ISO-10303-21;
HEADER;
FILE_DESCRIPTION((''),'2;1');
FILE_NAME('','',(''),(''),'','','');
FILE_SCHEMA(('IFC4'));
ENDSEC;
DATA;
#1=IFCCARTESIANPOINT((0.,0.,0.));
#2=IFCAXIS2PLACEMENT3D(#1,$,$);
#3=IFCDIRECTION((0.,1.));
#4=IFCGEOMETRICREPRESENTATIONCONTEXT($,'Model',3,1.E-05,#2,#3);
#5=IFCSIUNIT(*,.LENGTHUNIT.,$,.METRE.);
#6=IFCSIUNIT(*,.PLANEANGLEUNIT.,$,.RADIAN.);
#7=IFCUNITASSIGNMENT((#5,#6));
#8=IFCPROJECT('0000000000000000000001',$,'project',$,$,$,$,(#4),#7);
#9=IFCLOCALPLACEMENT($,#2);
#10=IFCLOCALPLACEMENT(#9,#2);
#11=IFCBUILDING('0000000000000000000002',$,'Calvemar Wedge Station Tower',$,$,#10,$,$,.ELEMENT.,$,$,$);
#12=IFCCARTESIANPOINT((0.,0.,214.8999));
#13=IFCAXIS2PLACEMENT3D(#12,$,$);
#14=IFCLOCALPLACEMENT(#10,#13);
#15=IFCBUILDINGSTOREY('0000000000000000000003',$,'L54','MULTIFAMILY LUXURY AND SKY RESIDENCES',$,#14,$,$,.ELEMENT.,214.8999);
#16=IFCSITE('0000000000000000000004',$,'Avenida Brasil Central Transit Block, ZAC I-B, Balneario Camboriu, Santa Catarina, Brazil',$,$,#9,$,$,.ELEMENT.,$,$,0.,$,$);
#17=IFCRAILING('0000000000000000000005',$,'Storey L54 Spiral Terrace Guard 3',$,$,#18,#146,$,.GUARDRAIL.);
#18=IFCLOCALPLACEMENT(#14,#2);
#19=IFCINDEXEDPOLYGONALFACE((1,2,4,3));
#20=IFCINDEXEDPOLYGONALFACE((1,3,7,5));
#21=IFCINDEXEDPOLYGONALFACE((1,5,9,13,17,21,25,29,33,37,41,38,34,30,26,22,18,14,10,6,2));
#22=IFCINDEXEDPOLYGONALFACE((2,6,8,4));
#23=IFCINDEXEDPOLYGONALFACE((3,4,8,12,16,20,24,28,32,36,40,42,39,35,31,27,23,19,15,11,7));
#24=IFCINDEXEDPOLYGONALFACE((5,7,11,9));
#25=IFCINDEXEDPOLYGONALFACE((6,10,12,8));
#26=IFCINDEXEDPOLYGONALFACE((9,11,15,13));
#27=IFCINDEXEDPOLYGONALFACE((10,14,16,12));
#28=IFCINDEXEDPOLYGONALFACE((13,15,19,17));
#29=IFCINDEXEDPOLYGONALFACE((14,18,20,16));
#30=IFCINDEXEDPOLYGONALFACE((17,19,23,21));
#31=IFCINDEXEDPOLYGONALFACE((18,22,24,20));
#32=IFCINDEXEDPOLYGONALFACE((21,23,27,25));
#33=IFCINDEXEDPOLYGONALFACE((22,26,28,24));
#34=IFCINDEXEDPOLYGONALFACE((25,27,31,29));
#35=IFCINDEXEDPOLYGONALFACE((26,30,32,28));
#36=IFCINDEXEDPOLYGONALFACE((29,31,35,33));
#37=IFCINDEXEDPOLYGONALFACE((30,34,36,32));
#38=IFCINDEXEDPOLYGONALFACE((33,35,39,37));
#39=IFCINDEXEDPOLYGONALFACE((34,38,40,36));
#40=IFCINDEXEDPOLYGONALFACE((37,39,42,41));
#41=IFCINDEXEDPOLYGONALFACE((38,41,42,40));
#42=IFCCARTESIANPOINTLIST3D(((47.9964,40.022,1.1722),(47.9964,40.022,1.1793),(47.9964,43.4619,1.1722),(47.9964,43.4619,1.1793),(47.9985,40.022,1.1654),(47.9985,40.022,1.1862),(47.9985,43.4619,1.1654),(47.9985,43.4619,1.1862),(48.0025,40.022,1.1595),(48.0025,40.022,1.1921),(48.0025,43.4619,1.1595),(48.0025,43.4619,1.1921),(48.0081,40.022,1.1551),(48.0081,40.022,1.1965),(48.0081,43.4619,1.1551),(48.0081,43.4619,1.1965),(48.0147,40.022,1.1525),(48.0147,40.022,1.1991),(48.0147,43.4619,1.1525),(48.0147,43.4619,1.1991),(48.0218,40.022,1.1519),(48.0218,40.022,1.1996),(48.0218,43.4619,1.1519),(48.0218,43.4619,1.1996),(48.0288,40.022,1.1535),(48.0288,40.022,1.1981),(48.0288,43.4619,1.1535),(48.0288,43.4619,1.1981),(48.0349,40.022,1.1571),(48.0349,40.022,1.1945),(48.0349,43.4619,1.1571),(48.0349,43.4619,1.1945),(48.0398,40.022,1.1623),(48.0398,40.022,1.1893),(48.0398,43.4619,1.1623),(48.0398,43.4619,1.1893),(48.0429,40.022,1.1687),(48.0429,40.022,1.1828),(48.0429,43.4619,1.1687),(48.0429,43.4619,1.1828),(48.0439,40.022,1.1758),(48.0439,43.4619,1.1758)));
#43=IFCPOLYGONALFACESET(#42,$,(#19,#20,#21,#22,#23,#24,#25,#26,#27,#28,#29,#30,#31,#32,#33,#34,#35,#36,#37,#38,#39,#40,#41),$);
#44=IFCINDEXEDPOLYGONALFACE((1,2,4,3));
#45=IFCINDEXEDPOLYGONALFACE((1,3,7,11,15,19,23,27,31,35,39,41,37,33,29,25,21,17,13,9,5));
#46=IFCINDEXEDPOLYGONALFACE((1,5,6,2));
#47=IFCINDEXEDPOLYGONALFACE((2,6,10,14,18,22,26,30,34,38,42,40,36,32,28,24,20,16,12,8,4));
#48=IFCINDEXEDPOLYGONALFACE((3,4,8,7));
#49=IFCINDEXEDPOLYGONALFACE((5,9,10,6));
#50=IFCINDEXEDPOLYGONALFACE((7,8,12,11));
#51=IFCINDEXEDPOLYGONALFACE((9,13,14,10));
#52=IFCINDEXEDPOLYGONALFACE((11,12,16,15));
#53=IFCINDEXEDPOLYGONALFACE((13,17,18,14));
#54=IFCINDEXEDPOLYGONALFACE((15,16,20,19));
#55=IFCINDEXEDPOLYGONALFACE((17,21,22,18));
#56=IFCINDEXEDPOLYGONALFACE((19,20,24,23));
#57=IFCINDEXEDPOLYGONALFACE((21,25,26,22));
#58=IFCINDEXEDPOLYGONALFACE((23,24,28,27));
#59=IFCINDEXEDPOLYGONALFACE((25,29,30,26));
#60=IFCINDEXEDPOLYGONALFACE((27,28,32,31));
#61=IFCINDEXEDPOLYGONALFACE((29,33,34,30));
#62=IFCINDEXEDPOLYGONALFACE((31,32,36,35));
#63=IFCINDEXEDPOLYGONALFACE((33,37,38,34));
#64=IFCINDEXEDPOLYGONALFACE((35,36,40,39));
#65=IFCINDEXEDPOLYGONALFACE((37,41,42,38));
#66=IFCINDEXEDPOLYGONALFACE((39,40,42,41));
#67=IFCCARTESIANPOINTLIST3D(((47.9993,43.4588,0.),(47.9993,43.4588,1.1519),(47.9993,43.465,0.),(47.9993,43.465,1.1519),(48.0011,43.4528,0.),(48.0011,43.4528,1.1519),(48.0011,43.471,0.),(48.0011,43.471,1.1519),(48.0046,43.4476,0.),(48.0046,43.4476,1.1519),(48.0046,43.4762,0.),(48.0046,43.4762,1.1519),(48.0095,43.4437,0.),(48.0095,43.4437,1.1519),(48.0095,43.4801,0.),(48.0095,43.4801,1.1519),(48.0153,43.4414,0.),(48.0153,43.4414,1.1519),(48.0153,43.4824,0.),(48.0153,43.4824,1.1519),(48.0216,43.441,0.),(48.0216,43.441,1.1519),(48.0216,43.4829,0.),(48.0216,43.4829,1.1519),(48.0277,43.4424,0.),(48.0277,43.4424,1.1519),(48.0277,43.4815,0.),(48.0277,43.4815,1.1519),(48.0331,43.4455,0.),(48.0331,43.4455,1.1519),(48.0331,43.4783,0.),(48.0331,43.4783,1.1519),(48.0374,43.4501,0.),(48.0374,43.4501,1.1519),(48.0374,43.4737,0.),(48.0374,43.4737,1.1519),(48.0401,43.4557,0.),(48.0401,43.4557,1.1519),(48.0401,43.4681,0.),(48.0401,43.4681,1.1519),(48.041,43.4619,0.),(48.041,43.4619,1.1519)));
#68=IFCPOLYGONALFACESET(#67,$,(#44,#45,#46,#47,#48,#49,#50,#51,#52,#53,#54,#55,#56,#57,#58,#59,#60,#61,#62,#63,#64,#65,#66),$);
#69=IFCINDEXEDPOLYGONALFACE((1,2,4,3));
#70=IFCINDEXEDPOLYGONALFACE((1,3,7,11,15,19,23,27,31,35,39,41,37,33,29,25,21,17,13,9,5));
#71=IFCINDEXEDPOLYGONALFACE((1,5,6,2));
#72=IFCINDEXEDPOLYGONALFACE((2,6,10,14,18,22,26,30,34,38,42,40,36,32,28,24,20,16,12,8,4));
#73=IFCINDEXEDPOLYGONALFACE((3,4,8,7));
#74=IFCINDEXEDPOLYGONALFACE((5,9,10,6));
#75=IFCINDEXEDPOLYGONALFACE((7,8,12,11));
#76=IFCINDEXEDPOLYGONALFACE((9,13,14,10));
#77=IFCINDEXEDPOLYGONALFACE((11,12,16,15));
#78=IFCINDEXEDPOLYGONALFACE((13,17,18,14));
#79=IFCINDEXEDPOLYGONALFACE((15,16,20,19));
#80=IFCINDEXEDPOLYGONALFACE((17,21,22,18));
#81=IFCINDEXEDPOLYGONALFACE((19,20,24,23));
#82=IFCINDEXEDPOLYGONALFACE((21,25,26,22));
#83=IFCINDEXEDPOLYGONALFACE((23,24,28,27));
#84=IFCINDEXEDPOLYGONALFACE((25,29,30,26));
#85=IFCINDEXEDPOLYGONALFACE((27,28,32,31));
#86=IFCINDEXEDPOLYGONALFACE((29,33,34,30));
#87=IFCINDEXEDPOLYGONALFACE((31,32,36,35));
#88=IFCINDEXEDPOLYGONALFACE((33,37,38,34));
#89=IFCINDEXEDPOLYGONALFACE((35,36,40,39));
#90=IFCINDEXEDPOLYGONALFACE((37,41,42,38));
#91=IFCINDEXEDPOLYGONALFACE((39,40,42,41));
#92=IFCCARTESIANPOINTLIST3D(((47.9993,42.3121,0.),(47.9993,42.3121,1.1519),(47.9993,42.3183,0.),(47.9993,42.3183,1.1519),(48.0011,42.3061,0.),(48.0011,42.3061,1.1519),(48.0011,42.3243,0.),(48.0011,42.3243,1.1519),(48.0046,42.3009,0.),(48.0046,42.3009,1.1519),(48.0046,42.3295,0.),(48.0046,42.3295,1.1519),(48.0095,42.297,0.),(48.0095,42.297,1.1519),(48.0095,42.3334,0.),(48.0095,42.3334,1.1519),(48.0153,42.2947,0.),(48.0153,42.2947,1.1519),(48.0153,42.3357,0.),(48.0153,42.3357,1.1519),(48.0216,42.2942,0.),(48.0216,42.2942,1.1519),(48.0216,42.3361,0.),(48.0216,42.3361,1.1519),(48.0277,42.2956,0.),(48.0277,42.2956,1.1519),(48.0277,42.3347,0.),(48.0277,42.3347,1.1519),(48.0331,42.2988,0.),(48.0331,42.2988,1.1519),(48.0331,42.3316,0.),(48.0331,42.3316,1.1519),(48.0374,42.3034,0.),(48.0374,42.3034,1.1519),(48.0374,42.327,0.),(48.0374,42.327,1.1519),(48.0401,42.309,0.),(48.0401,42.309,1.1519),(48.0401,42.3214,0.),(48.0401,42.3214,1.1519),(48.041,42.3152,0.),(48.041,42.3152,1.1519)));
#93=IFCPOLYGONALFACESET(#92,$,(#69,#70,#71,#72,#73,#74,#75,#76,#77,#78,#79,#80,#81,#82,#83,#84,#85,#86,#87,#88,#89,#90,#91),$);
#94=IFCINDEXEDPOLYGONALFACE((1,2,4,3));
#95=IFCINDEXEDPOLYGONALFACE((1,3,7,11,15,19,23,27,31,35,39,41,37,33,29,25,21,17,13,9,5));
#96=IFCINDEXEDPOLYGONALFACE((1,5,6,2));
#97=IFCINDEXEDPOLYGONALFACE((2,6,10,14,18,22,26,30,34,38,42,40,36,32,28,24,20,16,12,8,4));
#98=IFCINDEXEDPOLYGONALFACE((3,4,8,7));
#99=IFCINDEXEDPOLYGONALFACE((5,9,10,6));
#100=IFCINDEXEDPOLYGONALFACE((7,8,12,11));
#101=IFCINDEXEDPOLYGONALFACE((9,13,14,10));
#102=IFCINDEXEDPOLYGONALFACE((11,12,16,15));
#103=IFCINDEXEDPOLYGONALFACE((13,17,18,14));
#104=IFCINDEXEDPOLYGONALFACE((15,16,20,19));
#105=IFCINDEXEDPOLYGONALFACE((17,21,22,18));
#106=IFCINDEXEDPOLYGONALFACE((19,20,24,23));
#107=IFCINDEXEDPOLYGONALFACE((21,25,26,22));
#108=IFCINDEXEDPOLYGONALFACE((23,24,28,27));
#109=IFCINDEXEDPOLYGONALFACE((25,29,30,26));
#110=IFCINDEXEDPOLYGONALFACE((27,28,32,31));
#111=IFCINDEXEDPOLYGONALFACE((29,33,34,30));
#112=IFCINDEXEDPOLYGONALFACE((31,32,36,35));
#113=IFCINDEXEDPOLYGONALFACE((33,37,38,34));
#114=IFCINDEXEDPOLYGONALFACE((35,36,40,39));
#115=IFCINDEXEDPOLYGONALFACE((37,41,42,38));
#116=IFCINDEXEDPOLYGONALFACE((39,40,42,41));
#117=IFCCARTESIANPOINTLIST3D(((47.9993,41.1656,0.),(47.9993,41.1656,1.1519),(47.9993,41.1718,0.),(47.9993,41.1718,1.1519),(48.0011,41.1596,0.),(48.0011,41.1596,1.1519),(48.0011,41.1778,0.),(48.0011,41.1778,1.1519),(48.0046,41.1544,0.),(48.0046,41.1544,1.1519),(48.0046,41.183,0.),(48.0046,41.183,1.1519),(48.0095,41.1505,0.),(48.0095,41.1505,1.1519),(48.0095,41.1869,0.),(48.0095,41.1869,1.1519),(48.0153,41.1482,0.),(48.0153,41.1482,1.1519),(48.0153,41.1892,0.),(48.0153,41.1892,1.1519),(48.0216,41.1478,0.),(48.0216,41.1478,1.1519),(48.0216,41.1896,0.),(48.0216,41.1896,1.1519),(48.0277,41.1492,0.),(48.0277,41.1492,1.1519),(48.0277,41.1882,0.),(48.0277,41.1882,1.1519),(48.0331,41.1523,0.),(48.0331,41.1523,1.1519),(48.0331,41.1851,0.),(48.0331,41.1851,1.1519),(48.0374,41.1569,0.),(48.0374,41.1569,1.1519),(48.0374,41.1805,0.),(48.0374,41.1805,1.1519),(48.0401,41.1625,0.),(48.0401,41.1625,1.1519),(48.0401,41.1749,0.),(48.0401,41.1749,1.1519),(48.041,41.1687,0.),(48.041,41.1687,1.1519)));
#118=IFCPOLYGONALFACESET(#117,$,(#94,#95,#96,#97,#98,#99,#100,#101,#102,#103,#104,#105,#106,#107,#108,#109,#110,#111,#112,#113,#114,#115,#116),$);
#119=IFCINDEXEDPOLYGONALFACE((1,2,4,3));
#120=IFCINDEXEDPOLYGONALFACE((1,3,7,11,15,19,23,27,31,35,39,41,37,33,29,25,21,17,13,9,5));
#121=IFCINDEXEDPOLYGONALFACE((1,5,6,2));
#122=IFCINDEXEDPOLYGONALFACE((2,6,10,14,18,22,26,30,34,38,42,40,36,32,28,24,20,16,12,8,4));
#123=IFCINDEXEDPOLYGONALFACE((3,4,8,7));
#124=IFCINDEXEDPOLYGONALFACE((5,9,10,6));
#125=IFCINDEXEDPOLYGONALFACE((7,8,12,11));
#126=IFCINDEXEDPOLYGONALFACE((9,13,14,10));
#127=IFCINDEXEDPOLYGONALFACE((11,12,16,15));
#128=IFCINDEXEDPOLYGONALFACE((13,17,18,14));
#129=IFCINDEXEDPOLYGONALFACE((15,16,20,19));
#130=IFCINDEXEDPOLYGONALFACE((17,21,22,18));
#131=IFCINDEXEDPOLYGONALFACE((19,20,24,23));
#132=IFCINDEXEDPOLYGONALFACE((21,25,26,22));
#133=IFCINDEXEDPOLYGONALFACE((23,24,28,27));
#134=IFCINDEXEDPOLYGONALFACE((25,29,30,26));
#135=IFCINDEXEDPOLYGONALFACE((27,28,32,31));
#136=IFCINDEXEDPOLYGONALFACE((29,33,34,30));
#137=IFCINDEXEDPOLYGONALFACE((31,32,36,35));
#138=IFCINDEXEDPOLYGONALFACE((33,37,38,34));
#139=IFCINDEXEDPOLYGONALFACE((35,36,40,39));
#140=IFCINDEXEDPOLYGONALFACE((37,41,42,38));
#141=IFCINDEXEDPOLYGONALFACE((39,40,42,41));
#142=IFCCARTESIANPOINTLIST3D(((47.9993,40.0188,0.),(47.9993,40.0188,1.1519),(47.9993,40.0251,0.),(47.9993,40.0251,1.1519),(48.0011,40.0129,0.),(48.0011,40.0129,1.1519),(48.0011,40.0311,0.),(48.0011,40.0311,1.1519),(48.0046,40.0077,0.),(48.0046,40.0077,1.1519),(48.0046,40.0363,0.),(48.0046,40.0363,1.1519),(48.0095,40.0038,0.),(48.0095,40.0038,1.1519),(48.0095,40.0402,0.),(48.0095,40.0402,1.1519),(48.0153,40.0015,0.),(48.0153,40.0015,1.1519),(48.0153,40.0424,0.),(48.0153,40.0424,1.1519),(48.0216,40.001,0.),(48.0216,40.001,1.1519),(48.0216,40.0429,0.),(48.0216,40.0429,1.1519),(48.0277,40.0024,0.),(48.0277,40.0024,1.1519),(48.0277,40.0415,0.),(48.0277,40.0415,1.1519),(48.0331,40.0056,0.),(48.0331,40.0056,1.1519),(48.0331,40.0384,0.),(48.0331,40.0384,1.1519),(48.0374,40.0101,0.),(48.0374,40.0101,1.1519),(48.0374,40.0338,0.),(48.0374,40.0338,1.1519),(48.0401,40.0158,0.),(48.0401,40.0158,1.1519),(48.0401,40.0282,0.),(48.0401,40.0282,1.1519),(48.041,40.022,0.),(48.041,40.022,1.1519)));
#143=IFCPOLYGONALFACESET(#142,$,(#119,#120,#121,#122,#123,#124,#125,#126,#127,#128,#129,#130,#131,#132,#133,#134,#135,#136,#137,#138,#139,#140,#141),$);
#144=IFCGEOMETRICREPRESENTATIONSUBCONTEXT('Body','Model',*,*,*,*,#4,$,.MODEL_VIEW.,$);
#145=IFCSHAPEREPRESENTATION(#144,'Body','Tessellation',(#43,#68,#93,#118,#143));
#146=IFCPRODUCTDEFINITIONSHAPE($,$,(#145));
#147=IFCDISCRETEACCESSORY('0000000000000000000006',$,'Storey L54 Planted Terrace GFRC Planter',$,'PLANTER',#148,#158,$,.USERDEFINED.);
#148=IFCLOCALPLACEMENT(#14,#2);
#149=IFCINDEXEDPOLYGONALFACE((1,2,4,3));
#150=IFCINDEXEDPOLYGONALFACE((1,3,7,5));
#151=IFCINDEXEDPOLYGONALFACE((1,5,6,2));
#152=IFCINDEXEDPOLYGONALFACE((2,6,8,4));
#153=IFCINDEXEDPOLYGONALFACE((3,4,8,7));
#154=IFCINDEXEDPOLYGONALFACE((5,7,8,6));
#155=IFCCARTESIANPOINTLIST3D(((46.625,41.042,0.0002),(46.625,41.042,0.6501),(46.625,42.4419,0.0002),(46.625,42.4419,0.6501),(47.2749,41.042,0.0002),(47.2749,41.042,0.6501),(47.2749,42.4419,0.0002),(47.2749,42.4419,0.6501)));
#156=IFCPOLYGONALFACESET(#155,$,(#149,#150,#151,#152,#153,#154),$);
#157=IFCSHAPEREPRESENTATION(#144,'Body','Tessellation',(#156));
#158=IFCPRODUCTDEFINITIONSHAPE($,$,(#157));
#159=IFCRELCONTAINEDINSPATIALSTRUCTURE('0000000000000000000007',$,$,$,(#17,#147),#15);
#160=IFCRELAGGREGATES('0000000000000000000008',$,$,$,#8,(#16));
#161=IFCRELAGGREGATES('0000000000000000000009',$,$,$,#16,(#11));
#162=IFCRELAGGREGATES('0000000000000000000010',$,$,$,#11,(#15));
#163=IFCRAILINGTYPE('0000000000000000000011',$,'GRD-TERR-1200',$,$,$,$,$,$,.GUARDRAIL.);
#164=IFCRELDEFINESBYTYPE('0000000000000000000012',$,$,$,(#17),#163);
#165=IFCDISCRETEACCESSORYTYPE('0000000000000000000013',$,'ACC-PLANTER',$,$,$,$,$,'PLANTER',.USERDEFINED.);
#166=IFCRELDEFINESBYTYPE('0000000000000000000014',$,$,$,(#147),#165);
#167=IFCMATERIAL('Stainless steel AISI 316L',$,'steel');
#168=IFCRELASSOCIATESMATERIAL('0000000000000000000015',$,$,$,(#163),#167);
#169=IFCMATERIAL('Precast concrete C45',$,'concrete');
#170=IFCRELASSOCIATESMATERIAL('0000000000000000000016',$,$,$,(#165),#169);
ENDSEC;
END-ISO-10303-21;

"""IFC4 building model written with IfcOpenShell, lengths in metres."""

from ifc_helpers import new_model, si_unit, direction, frame, origin, origin_2d, place, context, subcontext, project, spatial, rectangle, circle, extrude, source, transform, mapped, material, type_object, element, save


model = new_model("IFC4")

# Units and contexts
model_context = context("Model", 3, precision=1e-05, world=origin(), true_north=direction((0.0, 1.0)))
body_context = subcontext(model_context, "Body", "Model", "MODEL_VIEW")
ifc_project = project(units=[si_unit("LENGTHUNIT", "METRE"), si_unit("PLANEANGLEUNIT", "RADIAN")], contexts=[model_context])

# Site, building, storey
site_placement = place(None, origin())
site = spatial("IfcSite", under=ifc_project, at=site_placement, Name="Avenida Brasil Central Transit Block, ZAC I-B, Balneario Camboriu, Santa Catarina, Brazil", CompositionType="ELEMENT", RefElevation=0.0)
building_placement = place(site_placement, origin())
building = spatial("IfcBuilding", under=site, at=building_placement, Name="Calvemar Wedge Station Tower", CompositionType="ELEMENT")
storey_placement = place(building_placement, frame((0.0, 0.0, 214.8999)))
storey = spatial("IfcBuildingStorey", under=building, at=storey_placement, Name="L54", Description="MULTIFAMILY LUXURY AND SKY RESIDENCES", CompositionType="ELEMENT", Elevation=214.8999)

# Shared definitions
ifc_material_1 = material(Name="Precast concrete C45", Category="concrete")

# Railing
ifc_material_2 = material(Name="Stainless steel AISI 316L", Category="steel")
railing_type = type_object("IfcRailingType", Name="GRD-TERR-1200", PredefinedType="GUARDRAIL", material=ifc_material_2)
railing_1_placement = place(storey_placement, frame((48.02, 43.4619, 0.0)))
element("IfcRailing", 1, at=railing_1_placement, inside=storey, type_object=railing_type, Name="Storey L54 Spiral Terrace Guard 3", PredefinedType="GUARDRAIL", context=body_context, shape_type="SweptSolid", body=[
    extrude(circle(Radius=0.0239, at=origin_2d()), frame((0.0, 0.0, 1.1758), z_axis=(0.0, -1.0, 0.0), x_axis=(1.0, 0.0, 0.0)), (0.0, 0.0, 1.0), 3.4399),
    extrude(circle(Radius=0.021, at=origin_2d()), origin(), (0.0, 0.0, 1.0), 1.1519),
    extrude(circle(Radius=0.021, at=origin_2d()), frame((0.0, -1.1467, 0.0)), (0.0, 0.0, 1.0), 1.1519),
    extrude(circle(Radius=0.021, at=origin_2d()), frame((0.0, -2.2932, 0.0)), (0.0, 0.0, 1.0), 1.1519),
    extrude(circle(Radius=0.021, at=origin_2d()), frame((0.0, -3.4399, 0.0)), (0.0, 0.0, 1.0), 1.1519),
])

# Discrete accessory
discrete_accessory_type = type_object("IfcDiscreteAccessoryType", Name="ACC-PLANTER", ElementType="PLANTER", PredefinedType="USERDEFINED", material=ifc_material_1)
shared_shape_1 = source(origin(), body_context, "Body", "SweptSolid", [
    extrude(rectangle(XDim=0.6499, YDim=1.3999, at=origin_2d()), origin(), (0.0, 0.0, 1.0), 0.6499),
])
discrete_accessory_placement = place(storey_placement, frame((46.95, 41.7419, 0.0002), z_axis=(0.0, 0.0, 1.0), x_axis=(1.0, 0.0, 0.0)))
element("IfcDiscreteAccessory", 2, at=discrete_accessory_placement, inside=storey, type_object=discrete_accessory_type, Name="Storey L54 Planted Terrace GFRC Planter", ObjectType="PLANTER", PredefinedType="USERDEFINED", context=body_context, shape_type="MappedRepresentation", body=[
    mapped(shared_shape_1, transform((0.0, 0.0, 0.0), scale=1.0)),
])

save(model, "model.ifc")
